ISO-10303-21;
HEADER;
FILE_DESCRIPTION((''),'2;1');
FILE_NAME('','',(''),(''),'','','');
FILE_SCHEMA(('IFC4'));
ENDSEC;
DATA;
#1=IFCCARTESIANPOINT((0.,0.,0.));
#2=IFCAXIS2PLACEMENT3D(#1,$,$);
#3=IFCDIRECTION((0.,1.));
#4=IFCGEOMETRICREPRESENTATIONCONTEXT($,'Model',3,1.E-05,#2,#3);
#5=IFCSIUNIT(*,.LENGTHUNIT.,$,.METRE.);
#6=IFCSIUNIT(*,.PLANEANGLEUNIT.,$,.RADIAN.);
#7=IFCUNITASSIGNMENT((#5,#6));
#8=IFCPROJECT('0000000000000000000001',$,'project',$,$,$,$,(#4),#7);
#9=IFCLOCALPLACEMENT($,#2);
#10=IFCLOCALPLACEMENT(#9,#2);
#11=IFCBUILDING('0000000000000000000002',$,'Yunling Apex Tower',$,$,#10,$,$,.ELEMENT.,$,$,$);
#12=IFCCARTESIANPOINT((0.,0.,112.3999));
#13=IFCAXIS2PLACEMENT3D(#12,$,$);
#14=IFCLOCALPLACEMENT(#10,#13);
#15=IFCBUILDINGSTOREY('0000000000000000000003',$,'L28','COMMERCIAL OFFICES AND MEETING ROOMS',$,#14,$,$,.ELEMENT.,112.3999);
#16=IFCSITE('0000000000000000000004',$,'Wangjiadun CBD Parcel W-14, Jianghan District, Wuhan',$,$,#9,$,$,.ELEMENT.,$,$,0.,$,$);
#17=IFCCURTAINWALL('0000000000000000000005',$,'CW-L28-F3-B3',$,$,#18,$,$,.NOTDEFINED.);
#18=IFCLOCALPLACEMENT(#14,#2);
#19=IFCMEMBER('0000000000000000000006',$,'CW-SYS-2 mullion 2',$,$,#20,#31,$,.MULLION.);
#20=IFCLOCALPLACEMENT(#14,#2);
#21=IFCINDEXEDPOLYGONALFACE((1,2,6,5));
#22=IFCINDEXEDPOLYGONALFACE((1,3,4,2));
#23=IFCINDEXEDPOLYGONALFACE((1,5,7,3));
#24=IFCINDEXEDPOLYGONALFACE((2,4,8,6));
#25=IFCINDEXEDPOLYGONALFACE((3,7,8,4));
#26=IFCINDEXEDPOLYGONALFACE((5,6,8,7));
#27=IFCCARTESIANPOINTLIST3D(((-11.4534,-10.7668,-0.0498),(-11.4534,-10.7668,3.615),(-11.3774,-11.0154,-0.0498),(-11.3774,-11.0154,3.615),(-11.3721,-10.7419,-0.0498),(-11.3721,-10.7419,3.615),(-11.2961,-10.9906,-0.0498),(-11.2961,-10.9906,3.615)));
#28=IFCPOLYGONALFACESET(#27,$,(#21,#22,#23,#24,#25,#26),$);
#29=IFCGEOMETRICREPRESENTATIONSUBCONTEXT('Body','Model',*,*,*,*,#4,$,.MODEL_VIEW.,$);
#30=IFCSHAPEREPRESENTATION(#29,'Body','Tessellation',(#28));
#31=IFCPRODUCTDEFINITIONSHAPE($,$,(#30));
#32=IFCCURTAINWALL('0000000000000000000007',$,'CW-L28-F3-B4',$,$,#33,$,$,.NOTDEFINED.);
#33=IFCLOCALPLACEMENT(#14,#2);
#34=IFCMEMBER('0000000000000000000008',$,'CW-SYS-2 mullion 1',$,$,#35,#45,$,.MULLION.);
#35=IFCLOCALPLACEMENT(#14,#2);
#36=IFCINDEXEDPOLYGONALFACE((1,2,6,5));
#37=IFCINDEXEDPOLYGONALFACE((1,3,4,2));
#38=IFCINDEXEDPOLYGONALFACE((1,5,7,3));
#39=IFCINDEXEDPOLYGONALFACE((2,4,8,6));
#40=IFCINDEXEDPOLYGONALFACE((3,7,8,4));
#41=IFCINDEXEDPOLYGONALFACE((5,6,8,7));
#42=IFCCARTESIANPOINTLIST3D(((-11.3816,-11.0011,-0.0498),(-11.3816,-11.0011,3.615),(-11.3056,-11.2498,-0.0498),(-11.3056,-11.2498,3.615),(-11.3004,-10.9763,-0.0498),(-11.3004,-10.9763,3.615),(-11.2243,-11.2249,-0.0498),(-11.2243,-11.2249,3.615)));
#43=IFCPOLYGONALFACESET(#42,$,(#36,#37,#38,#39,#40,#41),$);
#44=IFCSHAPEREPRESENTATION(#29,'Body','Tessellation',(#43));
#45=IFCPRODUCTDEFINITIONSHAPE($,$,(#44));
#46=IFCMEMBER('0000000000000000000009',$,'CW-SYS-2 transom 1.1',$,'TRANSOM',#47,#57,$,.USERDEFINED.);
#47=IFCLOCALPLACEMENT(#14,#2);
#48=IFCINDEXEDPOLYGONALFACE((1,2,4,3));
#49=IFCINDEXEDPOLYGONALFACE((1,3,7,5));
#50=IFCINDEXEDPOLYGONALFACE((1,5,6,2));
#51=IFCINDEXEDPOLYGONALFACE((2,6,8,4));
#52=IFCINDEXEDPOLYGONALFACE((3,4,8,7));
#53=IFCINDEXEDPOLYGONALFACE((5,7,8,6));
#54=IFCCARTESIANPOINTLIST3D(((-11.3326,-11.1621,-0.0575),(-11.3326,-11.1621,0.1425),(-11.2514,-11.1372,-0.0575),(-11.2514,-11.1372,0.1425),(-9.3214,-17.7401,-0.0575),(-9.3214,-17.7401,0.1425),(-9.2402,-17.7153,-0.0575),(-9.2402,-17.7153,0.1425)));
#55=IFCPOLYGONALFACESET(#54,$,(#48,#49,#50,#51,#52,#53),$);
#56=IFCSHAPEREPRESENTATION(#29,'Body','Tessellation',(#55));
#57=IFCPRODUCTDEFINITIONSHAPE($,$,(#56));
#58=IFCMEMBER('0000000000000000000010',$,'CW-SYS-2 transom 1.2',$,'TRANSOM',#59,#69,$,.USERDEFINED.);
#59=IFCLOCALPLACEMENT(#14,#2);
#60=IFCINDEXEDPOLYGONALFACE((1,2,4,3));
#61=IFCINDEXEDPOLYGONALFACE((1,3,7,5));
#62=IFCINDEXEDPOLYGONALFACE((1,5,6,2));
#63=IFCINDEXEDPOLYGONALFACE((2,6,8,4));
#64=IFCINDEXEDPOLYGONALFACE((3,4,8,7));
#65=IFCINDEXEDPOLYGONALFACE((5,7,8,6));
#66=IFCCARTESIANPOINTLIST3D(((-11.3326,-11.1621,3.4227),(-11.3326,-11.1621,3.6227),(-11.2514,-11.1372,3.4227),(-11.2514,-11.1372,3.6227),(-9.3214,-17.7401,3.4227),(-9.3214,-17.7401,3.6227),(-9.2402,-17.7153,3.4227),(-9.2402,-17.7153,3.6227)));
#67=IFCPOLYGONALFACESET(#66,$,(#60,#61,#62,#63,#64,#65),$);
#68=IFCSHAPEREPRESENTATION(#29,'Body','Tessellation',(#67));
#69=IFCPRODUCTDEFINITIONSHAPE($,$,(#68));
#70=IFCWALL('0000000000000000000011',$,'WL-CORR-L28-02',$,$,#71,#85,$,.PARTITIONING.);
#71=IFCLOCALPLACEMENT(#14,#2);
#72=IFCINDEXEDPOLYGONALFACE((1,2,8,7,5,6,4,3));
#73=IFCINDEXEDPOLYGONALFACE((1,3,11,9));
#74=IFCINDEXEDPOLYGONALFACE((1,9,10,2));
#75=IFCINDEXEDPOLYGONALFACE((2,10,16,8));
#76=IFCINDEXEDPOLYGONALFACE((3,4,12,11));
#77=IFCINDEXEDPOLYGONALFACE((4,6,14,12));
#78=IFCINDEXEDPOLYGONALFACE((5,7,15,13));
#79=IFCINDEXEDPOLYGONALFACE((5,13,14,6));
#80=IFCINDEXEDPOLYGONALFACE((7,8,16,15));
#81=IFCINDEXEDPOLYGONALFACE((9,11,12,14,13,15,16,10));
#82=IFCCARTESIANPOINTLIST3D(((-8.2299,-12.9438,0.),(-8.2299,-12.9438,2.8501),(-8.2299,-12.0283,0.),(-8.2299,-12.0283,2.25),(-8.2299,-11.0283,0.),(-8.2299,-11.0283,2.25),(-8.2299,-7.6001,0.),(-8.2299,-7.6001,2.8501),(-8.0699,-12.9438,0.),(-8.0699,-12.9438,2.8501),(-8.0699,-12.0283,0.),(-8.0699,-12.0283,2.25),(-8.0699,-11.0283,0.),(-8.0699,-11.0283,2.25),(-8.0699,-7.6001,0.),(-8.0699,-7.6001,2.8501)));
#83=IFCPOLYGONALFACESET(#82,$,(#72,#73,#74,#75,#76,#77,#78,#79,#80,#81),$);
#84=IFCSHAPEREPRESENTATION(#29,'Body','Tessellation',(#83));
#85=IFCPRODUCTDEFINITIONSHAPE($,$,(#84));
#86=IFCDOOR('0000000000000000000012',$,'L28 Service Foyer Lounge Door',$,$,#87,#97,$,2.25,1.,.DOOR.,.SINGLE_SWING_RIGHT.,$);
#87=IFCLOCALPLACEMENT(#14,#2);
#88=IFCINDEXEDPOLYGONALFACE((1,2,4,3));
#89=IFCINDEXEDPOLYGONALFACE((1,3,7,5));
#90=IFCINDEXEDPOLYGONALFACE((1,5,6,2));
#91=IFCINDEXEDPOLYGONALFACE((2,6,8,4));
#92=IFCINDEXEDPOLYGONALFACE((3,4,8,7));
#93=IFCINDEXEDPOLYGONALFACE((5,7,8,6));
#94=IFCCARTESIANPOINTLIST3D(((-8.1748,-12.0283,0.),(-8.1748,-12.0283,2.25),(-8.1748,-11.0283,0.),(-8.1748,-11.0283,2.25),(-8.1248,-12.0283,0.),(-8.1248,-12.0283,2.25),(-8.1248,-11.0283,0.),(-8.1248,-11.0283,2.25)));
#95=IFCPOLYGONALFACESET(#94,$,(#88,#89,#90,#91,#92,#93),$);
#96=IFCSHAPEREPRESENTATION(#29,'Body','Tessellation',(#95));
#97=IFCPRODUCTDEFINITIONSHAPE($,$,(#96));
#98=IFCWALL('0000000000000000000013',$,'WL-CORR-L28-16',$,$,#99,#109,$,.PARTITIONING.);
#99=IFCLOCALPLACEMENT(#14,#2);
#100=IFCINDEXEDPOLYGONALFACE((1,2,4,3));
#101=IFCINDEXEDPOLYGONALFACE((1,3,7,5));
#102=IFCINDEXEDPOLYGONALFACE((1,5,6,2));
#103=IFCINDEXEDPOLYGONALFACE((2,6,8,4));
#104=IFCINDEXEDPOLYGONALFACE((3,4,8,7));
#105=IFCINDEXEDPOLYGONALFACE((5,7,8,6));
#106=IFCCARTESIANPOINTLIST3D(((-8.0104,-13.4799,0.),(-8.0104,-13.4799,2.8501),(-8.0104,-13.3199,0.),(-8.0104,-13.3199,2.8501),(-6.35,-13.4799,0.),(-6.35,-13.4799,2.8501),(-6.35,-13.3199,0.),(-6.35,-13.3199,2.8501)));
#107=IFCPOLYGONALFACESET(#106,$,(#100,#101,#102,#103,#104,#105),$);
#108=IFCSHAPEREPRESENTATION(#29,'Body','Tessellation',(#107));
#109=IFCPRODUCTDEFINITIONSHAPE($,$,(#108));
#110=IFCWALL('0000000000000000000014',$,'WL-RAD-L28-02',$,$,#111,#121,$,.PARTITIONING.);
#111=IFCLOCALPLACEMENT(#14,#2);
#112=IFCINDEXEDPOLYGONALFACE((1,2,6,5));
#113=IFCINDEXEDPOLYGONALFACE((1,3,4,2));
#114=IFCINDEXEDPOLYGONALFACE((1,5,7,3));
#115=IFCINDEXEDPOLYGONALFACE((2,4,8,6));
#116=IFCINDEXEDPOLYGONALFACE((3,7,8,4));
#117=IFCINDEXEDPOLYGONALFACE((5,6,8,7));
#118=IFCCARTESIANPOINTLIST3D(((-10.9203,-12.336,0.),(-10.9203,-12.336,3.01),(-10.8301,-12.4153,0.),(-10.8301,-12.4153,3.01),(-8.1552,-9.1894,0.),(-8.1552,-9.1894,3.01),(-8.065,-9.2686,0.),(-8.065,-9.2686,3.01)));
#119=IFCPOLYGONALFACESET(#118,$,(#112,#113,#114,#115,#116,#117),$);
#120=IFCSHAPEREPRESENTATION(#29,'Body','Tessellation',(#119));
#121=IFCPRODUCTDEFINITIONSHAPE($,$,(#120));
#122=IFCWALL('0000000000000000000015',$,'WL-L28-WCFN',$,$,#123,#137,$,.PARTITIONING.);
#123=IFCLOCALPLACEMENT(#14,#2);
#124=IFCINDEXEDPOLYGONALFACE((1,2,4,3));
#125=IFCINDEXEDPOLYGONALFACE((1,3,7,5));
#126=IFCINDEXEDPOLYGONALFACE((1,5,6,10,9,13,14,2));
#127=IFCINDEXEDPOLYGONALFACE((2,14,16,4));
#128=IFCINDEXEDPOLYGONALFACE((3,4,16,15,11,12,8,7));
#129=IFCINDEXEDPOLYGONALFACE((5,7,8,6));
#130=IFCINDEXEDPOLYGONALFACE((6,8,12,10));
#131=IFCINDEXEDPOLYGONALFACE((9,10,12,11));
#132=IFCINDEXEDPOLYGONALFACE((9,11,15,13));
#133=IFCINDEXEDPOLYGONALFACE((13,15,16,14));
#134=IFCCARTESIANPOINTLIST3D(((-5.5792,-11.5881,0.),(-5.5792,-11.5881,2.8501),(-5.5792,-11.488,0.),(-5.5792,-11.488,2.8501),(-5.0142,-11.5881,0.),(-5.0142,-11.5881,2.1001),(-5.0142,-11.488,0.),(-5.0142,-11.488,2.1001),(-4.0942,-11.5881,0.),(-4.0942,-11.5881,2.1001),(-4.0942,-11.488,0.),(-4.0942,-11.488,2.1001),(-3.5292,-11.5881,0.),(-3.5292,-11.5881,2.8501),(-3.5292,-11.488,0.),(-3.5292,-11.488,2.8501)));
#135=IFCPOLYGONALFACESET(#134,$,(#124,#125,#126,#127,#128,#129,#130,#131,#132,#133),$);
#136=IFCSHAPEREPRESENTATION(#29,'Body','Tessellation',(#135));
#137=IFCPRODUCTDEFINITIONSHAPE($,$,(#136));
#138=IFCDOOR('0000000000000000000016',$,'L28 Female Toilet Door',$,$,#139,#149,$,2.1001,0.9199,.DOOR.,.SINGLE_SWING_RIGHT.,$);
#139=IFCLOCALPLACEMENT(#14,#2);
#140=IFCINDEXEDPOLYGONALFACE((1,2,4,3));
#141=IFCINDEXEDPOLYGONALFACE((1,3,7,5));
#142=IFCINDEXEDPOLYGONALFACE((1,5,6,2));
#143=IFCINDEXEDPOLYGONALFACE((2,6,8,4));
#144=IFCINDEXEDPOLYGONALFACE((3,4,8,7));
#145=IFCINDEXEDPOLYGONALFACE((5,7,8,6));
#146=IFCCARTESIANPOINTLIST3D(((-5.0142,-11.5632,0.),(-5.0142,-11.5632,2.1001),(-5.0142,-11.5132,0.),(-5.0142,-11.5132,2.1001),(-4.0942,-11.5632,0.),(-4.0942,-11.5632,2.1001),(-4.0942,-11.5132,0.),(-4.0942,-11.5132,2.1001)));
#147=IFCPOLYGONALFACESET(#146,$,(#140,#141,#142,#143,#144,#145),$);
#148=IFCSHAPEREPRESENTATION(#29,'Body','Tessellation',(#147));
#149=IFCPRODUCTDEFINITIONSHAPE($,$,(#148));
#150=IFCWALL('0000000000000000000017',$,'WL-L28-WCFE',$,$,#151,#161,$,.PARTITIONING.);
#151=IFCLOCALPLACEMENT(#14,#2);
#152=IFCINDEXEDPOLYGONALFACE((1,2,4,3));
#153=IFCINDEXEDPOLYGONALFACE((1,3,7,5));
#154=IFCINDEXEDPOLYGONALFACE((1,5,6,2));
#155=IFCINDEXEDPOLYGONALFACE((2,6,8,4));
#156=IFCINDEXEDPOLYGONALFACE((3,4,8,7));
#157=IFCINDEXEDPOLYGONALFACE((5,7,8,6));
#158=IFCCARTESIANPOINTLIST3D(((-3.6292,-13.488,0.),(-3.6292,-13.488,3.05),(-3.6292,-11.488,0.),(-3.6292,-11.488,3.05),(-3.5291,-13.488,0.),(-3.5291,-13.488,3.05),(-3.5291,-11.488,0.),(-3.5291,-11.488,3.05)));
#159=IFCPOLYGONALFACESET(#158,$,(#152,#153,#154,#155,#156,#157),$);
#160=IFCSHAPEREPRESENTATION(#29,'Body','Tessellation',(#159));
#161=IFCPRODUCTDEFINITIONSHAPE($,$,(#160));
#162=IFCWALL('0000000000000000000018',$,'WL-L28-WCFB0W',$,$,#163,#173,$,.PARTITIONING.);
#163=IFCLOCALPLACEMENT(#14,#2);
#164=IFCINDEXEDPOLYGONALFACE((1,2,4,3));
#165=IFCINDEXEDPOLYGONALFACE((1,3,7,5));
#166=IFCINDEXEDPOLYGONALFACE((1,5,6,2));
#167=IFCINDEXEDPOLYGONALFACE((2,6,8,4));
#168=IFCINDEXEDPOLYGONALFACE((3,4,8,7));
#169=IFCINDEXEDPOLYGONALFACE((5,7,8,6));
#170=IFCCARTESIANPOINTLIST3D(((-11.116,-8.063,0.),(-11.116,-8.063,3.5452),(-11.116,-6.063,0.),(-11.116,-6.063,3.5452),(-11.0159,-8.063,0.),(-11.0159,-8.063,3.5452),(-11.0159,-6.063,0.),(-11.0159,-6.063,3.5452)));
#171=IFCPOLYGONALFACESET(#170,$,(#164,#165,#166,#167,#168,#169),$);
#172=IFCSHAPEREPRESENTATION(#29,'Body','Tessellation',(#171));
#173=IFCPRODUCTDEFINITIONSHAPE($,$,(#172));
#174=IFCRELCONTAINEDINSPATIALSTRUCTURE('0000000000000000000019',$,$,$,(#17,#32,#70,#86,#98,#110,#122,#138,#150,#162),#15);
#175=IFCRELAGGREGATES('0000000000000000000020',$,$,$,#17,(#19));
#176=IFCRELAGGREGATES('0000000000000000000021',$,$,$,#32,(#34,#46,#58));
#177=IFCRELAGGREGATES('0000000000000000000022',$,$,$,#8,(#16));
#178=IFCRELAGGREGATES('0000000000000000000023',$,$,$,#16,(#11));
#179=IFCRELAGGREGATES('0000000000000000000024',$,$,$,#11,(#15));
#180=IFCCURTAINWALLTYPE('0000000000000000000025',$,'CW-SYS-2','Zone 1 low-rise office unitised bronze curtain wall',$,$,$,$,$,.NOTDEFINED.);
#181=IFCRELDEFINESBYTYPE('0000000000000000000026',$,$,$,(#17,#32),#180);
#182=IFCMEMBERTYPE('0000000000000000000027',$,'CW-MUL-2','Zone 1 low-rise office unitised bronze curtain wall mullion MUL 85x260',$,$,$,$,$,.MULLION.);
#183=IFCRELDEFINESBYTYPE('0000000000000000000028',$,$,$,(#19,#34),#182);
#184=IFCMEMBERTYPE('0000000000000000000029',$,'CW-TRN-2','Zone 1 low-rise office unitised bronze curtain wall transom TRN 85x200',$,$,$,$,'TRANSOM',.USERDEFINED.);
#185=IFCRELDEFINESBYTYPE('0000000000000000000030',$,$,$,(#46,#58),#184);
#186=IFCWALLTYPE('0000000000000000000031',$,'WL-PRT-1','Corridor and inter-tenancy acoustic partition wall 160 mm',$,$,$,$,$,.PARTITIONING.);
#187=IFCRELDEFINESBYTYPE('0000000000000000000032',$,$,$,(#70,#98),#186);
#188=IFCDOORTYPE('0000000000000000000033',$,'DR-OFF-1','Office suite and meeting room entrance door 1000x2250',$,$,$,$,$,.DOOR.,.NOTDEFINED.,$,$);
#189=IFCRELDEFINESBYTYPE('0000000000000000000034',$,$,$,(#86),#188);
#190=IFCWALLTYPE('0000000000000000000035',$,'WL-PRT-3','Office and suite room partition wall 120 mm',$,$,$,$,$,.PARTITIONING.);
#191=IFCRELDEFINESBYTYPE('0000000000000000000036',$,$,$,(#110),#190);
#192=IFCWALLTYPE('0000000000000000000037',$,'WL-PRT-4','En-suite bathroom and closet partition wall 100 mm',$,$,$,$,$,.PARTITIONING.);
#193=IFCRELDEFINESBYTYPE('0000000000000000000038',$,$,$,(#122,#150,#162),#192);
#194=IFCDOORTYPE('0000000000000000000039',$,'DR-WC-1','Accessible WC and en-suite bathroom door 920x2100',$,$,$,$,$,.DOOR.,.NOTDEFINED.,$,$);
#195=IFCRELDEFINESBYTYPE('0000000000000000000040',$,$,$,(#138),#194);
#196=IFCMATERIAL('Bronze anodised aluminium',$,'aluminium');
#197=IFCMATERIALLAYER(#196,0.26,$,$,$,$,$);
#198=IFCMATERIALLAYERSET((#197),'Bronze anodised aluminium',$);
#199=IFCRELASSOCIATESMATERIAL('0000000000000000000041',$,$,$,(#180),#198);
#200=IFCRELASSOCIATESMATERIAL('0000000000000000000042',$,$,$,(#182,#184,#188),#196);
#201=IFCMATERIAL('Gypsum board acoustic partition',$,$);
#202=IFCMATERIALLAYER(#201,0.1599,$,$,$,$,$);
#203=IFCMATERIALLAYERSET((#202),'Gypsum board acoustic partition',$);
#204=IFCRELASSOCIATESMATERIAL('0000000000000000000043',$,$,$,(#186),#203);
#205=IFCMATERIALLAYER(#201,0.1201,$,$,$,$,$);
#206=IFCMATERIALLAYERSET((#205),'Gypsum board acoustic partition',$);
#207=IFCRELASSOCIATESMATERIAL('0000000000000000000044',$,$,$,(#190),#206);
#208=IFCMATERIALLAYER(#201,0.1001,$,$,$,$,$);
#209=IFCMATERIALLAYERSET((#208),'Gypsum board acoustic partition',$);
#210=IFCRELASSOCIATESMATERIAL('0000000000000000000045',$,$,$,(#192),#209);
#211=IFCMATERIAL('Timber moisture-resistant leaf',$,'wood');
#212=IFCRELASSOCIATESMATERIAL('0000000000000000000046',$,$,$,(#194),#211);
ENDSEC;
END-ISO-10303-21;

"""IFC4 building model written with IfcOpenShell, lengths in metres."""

from ifc_helpers import new_model, si_unit, direction, frame, frame_2d, origin, origin_2d, place, context, subcontext, project, spatial, rectangle, extrude, source, transform, mapped, material, layer, layer_set, material_profile, profile_set, type_object, element, fill, aggregate, save


model = new_model("IFC4")

# Units and contexts
model_context = context("Model", 3, precision=1e-05, world=origin(), true_north=direction((0.0, 1.0)))
body_context = subcontext(model_context, "Body", "Model", "MODEL_VIEW")
ifc_project = project(units=[si_unit("LENGTHUNIT", "METRE"), si_unit("PLANEANGLEUNIT", "RADIAN")], contexts=[model_context])

# Site, building, storey
site_placement = place(None, origin())
site = spatial("IfcSite", under=ifc_project, at=site_placement, Name="Wangjiadun CBD Parcel W-14, Jianghan District, Wuhan", CompositionType="ELEMENT", RefElevation=0.0)
building_placement = place(site_placement, origin())
building = spatial("IfcBuilding", under=site, at=building_placement, Name="Yunling Apex Tower", CompositionType="ELEMENT")
storey_placement = place(building_placement, frame((0.0, 0.0, 112.3999)))
storey = spatial("IfcBuildingStorey", under=building, at=storey_placement, Name="L28", Description="COMMERCIAL OFFICES AND MEETING ROOMS", CompositionType="ELEMENT", Elevation=112.3999)

# Curtain wall, member
ifc_material_1 = material(Name="Bronze anodised aluminium", Category="aluminium")
ifc_layer_1 = layer(ifc_material_1, 0.26)
ifc_layer_set_1 = layer_set([ifc_layer_1], Name="Bronze anodised aluminium")
curtain_wall_type = type_object("IfcCurtainWallType", Name="CW-SYS-2", Description="Zone 1 low-rise office unitised bronze curtain wall", PredefinedType="NOTDEFINED", material=ifc_layer_set_1)
curtain_wall_1_placement = place(storey_placement, origin())
curtain_wall_1 = element("IfcCurtainWall", 1, at=curtain_wall_1_placement, inside=storey, type_object=curtain_wall_type, Name="CW-L28-F3-B3", PredefinedType="NOTDEFINED")
ifc_material_profile_1 = material_profile(ifc_material_1, rectangle(XDim=0.085, YDim=0.26, at=origin_2d()))
ifc_profile_set_1 = profile_set([ifc_material_profile_1], Name="Bronze anodised aluminium")
member_type_1 = type_object("IfcMemberType", Name="CW-MUL-2", Description="Zone 1 low-rise office unitised bronze curtain wall mullion MUL 85x260", PredefinedType="MULLION", material=ifc_profile_set_1)
shared_shape_1 = source(origin(), body_context, "Body", "SweptSolid", [
    extrude(rectangle(XDim=0.085, YDim=0.26, at=origin_2d()), origin(), (0.0, 0.0, 1.0), 3.6648),
])
member_1_placement = place(storey_placement, frame((-11.3748, -10.8787, -0.0498), z_axis=(0.0, 0.0, 1.0), x_axis=(0.956304, 0.292373, 0.0)))
member_1 = element("IfcMember", 2, at=member_1_placement, type_object=member_type_1, Name="CW-SYS-2 mullion 2", PredefinedType="MULLION", context=body_context, shape_type="MappedRepresentation", body=[
    mapped(shared_shape_1, transform((0.0, 0.0, 0.0), scale=1.0)),
])
aggregate(curtain_wall_1, [member_1])

# Curtain wall, members
curtain_wall_2_placement = place(storey_placement, origin())
curtain_wall_2 = element("IfcCurtainWall", 3, at=curtain_wall_2_placement, inside=storey, type_object=curtain_wall_type, Name="CW-L28-F3-B4", PredefinedType="NOTDEFINED")
member_2_placement = place(storey_placement, frame((-11.303, -11.113, -0.0498), z_axis=(0.0, 0.0, 1.0), x_axis=(0.956304, 0.292373, 0.0)))
member_2 = element("IfcMember", 4, at=member_2_placement, type_object=member_type_1, Name="CW-SYS-2 mullion 1", PredefinedType="MULLION", context=body_context, shape_type="MappedRepresentation", body=[
    mapped(shared_shape_1, transform((0.0, 0.0, 0.0), scale=1.0)),
])
ifc_material_profile_2 = material_profile(ifc_material_1, rectangle(XDim=0.085, YDim=0.2, at=origin_2d()))
ifc_profile_set_2 = profile_set([ifc_material_profile_2], Name="Bronze anodised aluminium")
member_type_2 = type_object("IfcMemberType", Name="CW-TRN-2", Description="Zone 1 low-rise office unitised bronze curtain wall transom TRN 85x200", ElementType="TRANSOM", PredefinedType="USERDEFINED", material=ifc_profile_set_2)
shared_shape_2 = source(origin(), body_context, "Body", "SweptSolid", [
    extrude(rectangle(XDim=0.085, YDim=0.2, at=origin_2d()), origin(), (0.0, 0.0, 1.0), 6.8787),
])
member_3_placement = place(storey_placement, frame((-11.292, -11.1497, 0.0425), z_axis=(0.292384, -0.956301, 0.0), x_axis=(0.956301, 0.292384, 0.0)))
member_3 = element("IfcMember", 5, at=member_3_placement, type_object=member_type_2, Name="CW-SYS-2 transom 1.1", ObjectType="TRANSOM", PredefinedType="USERDEFINED", context=body_context, shape_type="MappedRepresentation", body=[
    mapped(shared_shape_2, transform((0.0, 0.0, 0.0), scale=1.0)),
])
member_4_placement = place(storey_placement, frame((-11.292, -11.1497, 3.5227), z_axis=(0.292384, -0.956301, 0.0), x_axis=(0.956301, 0.292384, 0.0)))
member_4 = element("IfcMember", 6, at=member_4_placement, type_object=member_type_2, Name="CW-SYS-2 transom 1.2", ObjectType="TRANSOM", PredefinedType="USERDEFINED", context=body_context, shape_type="MappedRepresentation", body=[
    mapped(shared_shape_2, transform((0.0, 0.0, 0.0), scale=1.0)),
])
aggregate(curtain_wall_2, [member_2, member_3, member_4])

# Wall, opening, door
ifc_material_2 = material(Name="Gypsum board acoustic partition")
ifc_layer_2 = layer(ifc_material_2, 0.1599)
ifc_layer_set_2 = layer_set([ifc_layer_2], Name="Gypsum board acoustic partition")
wall_type_1 = type_object("IfcWallType", Name="WL-PRT-1", Description="Corridor and inter-tenancy acoustic partition wall 160 mm", PredefinedType="PARTITIONING", material=ifc_layer_set_2)
wall_1_placement = place(storey_placement, frame((-8.1499, -12.9438, 0.0), z_axis=(0.0, 0.0, 1.0), x_axis=(0.0, 1.0, 0.0)))
wall_1 = element("IfcWall", 7, at=wall_1_placement, inside=storey, type_object=wall_type_1, Name="WL-CORR-L28-02", PredefinedType="PARTITIONING", context=body_context, shape_type="SweptSolid", body=[
    extrude(rectangle(XDim=5.3438, YDim=0.1599, at=frame_2d((2.6719, 0.0))), origin(), (0.0, 0.0, 1.0), 2.8501),
])
opening_1_placement = place(wall_1_placement, frame((0.9155, 0.0, 0.0)))
opening_1 = element("IfcOpeningElement", 8, at=opening_1_placement, cuts=wall_1, PredefinedType="OPENING", context=body_context, shape_type="SweptSolid", body=[
    extrude(rectangle(XDim=1.0, YDim=2.25, at=frame_2d((0.5, 1.125))), frame((0.0, 0.0898, 0.0), z_axis=(0.0, -1.0, 0.0), x_axis=(1.0, 0.0, 0.0)), (0.0, 0.0, 1.0), 0.1799),
])
door_type_1 = type_object("IfcDoorType", Name="DR-OFF-1", Description="Office suite and meeting room entrance door 1000x2250", OperationType="NOTDEFINED", PredefinedType="DOOR", material=ifc_material_1)
door_1_placement = place(opening_1_placement, origin())
door_1 = element("IfcDoor", 9, at=door_1_placement, inside=storey, type_object=door_type_1, Name="L28 Service Foyer Lounge Door", OperationType="SINGLE_SWING_RIGHT", OverallHeight=2.25, OverallWidth=1.0, PredefinedType="DOOR", context=body_context, shape_type="SweptSolid", body=[
    extrude(rectangle(XDim=1.0, YDim=2.25, at=frame_2d((0.5, 1.125))), frame((0.0, 0.0249, 0.0), z_axis=(0.0, -1.0, 0.0), x_axis=(1.0, 0.0, 0.0)), (0.0, 0.0, 1.0), 0.05),
])
fill(opening_1, door_1)

# Walls
wall_2_placement = place(storey_placement, frame((-6.3501, -13.3999, 0.0), z_axis=(0.0, 0.0, 1.0), x_axis=(-1.0, 0.0, 0.0)))
element("IfcWall", 10, at=wall_2_placement, inside=storey, type_object=wall_type_1, Name="WL-CORR-L28-16", PredefinedType="PARTITIONING", context=body_context, shape_type="SweptSolid", body=[
    extrude(rectangle(XDim=1.6604, YDim=0.1599, at=frame_2d((0.8301, 0.0))), origin(), (0.0, 0.0, 1.0), 2.8501),
])
ifc_layer_3 = layer(ifc_material_2, 0.1201)
ifc_layer_set_3 = layer_set([ifc_layer_3], Name="Gypsum board acoustic partition")
wall_type_2 = type_object("IfcWallType", Name="WL-PRT-3", Description="Office and suite room partition wall 120 mm", PredefinedType="PARTITIONING", material=ifc_layer_set_3)
wall_3_placement = place(storey_placement, frame((-8.1101, -9.229, 0.0), z_axis=(0.0, 0.0, 1.0), x_axis=(-0.660092, -0.751185, 0.0)))
element("IfcWall", 11, at=wall_3_placement, inside=storey, type_object=wall_type_2, Name="WL-RAD-L28-02", PredefinedType="PARTITIONING", context=body_context, shape_type="SweptSolid", body=[
    extrude(rectangle(XDim=4.189, YDim=0.1201, at=frame_2d((2.0945, 0.0))), origin(), (0.0, 0.0, 1.0), 3.01),
])

# Wall, opening, door
ifc_layer_4 = layer(ifc_material_2, 0.1001)
ifc_layer_set_4 = layer_set([ifc_layer_4], Name="Gypsum board acoustic partition")
wall_type_3 = type_object("IfcWallType", Name="WL-PRT-4", Description="En-suite bathroom and closet partition wall 100 mm", PredefinedType="PARTITIONING", material=ifc_layer_set_4)
wall_4_placement = place(storey_placement, frame((-5.5791, -11.5381, 0.0), z_axis=(0.0, 0.0, 1.0), x_axis=(1.0, 0.0, 0.0)))
wall_4 = element("IfcWall", 12, at=wall_4_placement, inside=storey, type_object=wall_type_3, Name="WL-L28-WCFN", PredefinedType="PARTITIONING", context=body_context, shape_type="SweptSolid", body=[
    extrude(rectangle(XDim=2.05, YDim=0.1001, at=frame_2d((1.0249, 0.0))), origin(), (0.0, 0.0, 1.0), 2.8501),
])
opening_2_placement = place(wall_4_placement, frame((0.5649, 0.0, 0.0)))
opening_2 = element("IfcOpeningElement", 13, at=opening_2_placement, cuts=wall_4, PredefinedType="OPENING", context=body_context, shape_type="SweptSolid", body=[
    extrude(rectangle(XDim=0.9199, YDim=2.1001, at=frame_2d((0.46, 1.05))), frame((0.0, 0.0601, 0.0), z_axis=(0.0, -1.0, 0.0), x_axis=(1.0, 0.0, 0.0)), (0.0, 0.0, 1.0), 0.1201),
])
ifc_material_3 = material(Name="Timber moisture-resistant leaf", Category="wood")
door_type_2 = type_object("IfcDoorType", Name="DR-WC-1", Description="Accessible WC and en-suite bathroom door 920x2100", OperationType="NOTDEFINED", PredefinedType="DOOR", material=ifc_material_3)
door_2_placement = place(opening_2_placement, origin())
door_2 = element("IfcDoor", 14, at=door_2_placement, inside=storey, type_object=door_type_2, Name="L28 Female Toilet Door", OperationType="SINGLE_SWING_RIGHT", OverallHeight=2.1001, OverallWidth=0.9199, PredefinedType="DOOR", context=body_context, shape_type="SweptSolid", body=[
    extrude(rectangle(XDim=0.9199, YDim=2.1001, at=frame_2d((0.46, 1.05))), frame((0.0, 0.0249, 0.0), z_axis=(0.0, -1.0, 0.0), x_axis=(1.0, 0.0, 0.0)), (0.0, 0.0, 1.0), 0.05),
])
fill(opening_2, door_2)

# Walls
wall_5_placement = place(storey_placement, frame((-3.5791, -11.488, 0.0), z_axis=(0.0, 0.0, 1.0), x_axis=(0.0, -1.0, 0.0)))
element("IfcWall", 15, at=wall_5_placement, inside=storey, type_object=wall_type_3, Name="WL-L28-WCFE", PredefinedType="PARTITIONING", context=body_context, shape_type="SweptSolid", body=[
    extrude(rectangle(XDim=2.0, YDim=0.1001, at=frame_2d((1.0, 0.0))), origin(), (0.0, 0.0, 1.0), 3.05),
])
wall_6_placement = place(storey_placement, frame((-11.0659, -8.063, 0.0), z_axis=(0.0, 0.0, 1.0), x_axis=(0.0, 1.0, 0.0)))
element("IfcWall", 16, at=wall_6_placement, inside=storey, type_object=wall_type_3, Name="WL-L28-WCFB0W", PredefinedType="PARTITIONING", context=body_context, shape_type="SweptSolid", body=[
    extrude(rectangle(XDim=2.0, YDim=0.1001, at=frame_2d((1.0, 0.0))), origin(), (0.0, 0.0, 1.0), 3.5452),
])

save(model, "model.ifc")
